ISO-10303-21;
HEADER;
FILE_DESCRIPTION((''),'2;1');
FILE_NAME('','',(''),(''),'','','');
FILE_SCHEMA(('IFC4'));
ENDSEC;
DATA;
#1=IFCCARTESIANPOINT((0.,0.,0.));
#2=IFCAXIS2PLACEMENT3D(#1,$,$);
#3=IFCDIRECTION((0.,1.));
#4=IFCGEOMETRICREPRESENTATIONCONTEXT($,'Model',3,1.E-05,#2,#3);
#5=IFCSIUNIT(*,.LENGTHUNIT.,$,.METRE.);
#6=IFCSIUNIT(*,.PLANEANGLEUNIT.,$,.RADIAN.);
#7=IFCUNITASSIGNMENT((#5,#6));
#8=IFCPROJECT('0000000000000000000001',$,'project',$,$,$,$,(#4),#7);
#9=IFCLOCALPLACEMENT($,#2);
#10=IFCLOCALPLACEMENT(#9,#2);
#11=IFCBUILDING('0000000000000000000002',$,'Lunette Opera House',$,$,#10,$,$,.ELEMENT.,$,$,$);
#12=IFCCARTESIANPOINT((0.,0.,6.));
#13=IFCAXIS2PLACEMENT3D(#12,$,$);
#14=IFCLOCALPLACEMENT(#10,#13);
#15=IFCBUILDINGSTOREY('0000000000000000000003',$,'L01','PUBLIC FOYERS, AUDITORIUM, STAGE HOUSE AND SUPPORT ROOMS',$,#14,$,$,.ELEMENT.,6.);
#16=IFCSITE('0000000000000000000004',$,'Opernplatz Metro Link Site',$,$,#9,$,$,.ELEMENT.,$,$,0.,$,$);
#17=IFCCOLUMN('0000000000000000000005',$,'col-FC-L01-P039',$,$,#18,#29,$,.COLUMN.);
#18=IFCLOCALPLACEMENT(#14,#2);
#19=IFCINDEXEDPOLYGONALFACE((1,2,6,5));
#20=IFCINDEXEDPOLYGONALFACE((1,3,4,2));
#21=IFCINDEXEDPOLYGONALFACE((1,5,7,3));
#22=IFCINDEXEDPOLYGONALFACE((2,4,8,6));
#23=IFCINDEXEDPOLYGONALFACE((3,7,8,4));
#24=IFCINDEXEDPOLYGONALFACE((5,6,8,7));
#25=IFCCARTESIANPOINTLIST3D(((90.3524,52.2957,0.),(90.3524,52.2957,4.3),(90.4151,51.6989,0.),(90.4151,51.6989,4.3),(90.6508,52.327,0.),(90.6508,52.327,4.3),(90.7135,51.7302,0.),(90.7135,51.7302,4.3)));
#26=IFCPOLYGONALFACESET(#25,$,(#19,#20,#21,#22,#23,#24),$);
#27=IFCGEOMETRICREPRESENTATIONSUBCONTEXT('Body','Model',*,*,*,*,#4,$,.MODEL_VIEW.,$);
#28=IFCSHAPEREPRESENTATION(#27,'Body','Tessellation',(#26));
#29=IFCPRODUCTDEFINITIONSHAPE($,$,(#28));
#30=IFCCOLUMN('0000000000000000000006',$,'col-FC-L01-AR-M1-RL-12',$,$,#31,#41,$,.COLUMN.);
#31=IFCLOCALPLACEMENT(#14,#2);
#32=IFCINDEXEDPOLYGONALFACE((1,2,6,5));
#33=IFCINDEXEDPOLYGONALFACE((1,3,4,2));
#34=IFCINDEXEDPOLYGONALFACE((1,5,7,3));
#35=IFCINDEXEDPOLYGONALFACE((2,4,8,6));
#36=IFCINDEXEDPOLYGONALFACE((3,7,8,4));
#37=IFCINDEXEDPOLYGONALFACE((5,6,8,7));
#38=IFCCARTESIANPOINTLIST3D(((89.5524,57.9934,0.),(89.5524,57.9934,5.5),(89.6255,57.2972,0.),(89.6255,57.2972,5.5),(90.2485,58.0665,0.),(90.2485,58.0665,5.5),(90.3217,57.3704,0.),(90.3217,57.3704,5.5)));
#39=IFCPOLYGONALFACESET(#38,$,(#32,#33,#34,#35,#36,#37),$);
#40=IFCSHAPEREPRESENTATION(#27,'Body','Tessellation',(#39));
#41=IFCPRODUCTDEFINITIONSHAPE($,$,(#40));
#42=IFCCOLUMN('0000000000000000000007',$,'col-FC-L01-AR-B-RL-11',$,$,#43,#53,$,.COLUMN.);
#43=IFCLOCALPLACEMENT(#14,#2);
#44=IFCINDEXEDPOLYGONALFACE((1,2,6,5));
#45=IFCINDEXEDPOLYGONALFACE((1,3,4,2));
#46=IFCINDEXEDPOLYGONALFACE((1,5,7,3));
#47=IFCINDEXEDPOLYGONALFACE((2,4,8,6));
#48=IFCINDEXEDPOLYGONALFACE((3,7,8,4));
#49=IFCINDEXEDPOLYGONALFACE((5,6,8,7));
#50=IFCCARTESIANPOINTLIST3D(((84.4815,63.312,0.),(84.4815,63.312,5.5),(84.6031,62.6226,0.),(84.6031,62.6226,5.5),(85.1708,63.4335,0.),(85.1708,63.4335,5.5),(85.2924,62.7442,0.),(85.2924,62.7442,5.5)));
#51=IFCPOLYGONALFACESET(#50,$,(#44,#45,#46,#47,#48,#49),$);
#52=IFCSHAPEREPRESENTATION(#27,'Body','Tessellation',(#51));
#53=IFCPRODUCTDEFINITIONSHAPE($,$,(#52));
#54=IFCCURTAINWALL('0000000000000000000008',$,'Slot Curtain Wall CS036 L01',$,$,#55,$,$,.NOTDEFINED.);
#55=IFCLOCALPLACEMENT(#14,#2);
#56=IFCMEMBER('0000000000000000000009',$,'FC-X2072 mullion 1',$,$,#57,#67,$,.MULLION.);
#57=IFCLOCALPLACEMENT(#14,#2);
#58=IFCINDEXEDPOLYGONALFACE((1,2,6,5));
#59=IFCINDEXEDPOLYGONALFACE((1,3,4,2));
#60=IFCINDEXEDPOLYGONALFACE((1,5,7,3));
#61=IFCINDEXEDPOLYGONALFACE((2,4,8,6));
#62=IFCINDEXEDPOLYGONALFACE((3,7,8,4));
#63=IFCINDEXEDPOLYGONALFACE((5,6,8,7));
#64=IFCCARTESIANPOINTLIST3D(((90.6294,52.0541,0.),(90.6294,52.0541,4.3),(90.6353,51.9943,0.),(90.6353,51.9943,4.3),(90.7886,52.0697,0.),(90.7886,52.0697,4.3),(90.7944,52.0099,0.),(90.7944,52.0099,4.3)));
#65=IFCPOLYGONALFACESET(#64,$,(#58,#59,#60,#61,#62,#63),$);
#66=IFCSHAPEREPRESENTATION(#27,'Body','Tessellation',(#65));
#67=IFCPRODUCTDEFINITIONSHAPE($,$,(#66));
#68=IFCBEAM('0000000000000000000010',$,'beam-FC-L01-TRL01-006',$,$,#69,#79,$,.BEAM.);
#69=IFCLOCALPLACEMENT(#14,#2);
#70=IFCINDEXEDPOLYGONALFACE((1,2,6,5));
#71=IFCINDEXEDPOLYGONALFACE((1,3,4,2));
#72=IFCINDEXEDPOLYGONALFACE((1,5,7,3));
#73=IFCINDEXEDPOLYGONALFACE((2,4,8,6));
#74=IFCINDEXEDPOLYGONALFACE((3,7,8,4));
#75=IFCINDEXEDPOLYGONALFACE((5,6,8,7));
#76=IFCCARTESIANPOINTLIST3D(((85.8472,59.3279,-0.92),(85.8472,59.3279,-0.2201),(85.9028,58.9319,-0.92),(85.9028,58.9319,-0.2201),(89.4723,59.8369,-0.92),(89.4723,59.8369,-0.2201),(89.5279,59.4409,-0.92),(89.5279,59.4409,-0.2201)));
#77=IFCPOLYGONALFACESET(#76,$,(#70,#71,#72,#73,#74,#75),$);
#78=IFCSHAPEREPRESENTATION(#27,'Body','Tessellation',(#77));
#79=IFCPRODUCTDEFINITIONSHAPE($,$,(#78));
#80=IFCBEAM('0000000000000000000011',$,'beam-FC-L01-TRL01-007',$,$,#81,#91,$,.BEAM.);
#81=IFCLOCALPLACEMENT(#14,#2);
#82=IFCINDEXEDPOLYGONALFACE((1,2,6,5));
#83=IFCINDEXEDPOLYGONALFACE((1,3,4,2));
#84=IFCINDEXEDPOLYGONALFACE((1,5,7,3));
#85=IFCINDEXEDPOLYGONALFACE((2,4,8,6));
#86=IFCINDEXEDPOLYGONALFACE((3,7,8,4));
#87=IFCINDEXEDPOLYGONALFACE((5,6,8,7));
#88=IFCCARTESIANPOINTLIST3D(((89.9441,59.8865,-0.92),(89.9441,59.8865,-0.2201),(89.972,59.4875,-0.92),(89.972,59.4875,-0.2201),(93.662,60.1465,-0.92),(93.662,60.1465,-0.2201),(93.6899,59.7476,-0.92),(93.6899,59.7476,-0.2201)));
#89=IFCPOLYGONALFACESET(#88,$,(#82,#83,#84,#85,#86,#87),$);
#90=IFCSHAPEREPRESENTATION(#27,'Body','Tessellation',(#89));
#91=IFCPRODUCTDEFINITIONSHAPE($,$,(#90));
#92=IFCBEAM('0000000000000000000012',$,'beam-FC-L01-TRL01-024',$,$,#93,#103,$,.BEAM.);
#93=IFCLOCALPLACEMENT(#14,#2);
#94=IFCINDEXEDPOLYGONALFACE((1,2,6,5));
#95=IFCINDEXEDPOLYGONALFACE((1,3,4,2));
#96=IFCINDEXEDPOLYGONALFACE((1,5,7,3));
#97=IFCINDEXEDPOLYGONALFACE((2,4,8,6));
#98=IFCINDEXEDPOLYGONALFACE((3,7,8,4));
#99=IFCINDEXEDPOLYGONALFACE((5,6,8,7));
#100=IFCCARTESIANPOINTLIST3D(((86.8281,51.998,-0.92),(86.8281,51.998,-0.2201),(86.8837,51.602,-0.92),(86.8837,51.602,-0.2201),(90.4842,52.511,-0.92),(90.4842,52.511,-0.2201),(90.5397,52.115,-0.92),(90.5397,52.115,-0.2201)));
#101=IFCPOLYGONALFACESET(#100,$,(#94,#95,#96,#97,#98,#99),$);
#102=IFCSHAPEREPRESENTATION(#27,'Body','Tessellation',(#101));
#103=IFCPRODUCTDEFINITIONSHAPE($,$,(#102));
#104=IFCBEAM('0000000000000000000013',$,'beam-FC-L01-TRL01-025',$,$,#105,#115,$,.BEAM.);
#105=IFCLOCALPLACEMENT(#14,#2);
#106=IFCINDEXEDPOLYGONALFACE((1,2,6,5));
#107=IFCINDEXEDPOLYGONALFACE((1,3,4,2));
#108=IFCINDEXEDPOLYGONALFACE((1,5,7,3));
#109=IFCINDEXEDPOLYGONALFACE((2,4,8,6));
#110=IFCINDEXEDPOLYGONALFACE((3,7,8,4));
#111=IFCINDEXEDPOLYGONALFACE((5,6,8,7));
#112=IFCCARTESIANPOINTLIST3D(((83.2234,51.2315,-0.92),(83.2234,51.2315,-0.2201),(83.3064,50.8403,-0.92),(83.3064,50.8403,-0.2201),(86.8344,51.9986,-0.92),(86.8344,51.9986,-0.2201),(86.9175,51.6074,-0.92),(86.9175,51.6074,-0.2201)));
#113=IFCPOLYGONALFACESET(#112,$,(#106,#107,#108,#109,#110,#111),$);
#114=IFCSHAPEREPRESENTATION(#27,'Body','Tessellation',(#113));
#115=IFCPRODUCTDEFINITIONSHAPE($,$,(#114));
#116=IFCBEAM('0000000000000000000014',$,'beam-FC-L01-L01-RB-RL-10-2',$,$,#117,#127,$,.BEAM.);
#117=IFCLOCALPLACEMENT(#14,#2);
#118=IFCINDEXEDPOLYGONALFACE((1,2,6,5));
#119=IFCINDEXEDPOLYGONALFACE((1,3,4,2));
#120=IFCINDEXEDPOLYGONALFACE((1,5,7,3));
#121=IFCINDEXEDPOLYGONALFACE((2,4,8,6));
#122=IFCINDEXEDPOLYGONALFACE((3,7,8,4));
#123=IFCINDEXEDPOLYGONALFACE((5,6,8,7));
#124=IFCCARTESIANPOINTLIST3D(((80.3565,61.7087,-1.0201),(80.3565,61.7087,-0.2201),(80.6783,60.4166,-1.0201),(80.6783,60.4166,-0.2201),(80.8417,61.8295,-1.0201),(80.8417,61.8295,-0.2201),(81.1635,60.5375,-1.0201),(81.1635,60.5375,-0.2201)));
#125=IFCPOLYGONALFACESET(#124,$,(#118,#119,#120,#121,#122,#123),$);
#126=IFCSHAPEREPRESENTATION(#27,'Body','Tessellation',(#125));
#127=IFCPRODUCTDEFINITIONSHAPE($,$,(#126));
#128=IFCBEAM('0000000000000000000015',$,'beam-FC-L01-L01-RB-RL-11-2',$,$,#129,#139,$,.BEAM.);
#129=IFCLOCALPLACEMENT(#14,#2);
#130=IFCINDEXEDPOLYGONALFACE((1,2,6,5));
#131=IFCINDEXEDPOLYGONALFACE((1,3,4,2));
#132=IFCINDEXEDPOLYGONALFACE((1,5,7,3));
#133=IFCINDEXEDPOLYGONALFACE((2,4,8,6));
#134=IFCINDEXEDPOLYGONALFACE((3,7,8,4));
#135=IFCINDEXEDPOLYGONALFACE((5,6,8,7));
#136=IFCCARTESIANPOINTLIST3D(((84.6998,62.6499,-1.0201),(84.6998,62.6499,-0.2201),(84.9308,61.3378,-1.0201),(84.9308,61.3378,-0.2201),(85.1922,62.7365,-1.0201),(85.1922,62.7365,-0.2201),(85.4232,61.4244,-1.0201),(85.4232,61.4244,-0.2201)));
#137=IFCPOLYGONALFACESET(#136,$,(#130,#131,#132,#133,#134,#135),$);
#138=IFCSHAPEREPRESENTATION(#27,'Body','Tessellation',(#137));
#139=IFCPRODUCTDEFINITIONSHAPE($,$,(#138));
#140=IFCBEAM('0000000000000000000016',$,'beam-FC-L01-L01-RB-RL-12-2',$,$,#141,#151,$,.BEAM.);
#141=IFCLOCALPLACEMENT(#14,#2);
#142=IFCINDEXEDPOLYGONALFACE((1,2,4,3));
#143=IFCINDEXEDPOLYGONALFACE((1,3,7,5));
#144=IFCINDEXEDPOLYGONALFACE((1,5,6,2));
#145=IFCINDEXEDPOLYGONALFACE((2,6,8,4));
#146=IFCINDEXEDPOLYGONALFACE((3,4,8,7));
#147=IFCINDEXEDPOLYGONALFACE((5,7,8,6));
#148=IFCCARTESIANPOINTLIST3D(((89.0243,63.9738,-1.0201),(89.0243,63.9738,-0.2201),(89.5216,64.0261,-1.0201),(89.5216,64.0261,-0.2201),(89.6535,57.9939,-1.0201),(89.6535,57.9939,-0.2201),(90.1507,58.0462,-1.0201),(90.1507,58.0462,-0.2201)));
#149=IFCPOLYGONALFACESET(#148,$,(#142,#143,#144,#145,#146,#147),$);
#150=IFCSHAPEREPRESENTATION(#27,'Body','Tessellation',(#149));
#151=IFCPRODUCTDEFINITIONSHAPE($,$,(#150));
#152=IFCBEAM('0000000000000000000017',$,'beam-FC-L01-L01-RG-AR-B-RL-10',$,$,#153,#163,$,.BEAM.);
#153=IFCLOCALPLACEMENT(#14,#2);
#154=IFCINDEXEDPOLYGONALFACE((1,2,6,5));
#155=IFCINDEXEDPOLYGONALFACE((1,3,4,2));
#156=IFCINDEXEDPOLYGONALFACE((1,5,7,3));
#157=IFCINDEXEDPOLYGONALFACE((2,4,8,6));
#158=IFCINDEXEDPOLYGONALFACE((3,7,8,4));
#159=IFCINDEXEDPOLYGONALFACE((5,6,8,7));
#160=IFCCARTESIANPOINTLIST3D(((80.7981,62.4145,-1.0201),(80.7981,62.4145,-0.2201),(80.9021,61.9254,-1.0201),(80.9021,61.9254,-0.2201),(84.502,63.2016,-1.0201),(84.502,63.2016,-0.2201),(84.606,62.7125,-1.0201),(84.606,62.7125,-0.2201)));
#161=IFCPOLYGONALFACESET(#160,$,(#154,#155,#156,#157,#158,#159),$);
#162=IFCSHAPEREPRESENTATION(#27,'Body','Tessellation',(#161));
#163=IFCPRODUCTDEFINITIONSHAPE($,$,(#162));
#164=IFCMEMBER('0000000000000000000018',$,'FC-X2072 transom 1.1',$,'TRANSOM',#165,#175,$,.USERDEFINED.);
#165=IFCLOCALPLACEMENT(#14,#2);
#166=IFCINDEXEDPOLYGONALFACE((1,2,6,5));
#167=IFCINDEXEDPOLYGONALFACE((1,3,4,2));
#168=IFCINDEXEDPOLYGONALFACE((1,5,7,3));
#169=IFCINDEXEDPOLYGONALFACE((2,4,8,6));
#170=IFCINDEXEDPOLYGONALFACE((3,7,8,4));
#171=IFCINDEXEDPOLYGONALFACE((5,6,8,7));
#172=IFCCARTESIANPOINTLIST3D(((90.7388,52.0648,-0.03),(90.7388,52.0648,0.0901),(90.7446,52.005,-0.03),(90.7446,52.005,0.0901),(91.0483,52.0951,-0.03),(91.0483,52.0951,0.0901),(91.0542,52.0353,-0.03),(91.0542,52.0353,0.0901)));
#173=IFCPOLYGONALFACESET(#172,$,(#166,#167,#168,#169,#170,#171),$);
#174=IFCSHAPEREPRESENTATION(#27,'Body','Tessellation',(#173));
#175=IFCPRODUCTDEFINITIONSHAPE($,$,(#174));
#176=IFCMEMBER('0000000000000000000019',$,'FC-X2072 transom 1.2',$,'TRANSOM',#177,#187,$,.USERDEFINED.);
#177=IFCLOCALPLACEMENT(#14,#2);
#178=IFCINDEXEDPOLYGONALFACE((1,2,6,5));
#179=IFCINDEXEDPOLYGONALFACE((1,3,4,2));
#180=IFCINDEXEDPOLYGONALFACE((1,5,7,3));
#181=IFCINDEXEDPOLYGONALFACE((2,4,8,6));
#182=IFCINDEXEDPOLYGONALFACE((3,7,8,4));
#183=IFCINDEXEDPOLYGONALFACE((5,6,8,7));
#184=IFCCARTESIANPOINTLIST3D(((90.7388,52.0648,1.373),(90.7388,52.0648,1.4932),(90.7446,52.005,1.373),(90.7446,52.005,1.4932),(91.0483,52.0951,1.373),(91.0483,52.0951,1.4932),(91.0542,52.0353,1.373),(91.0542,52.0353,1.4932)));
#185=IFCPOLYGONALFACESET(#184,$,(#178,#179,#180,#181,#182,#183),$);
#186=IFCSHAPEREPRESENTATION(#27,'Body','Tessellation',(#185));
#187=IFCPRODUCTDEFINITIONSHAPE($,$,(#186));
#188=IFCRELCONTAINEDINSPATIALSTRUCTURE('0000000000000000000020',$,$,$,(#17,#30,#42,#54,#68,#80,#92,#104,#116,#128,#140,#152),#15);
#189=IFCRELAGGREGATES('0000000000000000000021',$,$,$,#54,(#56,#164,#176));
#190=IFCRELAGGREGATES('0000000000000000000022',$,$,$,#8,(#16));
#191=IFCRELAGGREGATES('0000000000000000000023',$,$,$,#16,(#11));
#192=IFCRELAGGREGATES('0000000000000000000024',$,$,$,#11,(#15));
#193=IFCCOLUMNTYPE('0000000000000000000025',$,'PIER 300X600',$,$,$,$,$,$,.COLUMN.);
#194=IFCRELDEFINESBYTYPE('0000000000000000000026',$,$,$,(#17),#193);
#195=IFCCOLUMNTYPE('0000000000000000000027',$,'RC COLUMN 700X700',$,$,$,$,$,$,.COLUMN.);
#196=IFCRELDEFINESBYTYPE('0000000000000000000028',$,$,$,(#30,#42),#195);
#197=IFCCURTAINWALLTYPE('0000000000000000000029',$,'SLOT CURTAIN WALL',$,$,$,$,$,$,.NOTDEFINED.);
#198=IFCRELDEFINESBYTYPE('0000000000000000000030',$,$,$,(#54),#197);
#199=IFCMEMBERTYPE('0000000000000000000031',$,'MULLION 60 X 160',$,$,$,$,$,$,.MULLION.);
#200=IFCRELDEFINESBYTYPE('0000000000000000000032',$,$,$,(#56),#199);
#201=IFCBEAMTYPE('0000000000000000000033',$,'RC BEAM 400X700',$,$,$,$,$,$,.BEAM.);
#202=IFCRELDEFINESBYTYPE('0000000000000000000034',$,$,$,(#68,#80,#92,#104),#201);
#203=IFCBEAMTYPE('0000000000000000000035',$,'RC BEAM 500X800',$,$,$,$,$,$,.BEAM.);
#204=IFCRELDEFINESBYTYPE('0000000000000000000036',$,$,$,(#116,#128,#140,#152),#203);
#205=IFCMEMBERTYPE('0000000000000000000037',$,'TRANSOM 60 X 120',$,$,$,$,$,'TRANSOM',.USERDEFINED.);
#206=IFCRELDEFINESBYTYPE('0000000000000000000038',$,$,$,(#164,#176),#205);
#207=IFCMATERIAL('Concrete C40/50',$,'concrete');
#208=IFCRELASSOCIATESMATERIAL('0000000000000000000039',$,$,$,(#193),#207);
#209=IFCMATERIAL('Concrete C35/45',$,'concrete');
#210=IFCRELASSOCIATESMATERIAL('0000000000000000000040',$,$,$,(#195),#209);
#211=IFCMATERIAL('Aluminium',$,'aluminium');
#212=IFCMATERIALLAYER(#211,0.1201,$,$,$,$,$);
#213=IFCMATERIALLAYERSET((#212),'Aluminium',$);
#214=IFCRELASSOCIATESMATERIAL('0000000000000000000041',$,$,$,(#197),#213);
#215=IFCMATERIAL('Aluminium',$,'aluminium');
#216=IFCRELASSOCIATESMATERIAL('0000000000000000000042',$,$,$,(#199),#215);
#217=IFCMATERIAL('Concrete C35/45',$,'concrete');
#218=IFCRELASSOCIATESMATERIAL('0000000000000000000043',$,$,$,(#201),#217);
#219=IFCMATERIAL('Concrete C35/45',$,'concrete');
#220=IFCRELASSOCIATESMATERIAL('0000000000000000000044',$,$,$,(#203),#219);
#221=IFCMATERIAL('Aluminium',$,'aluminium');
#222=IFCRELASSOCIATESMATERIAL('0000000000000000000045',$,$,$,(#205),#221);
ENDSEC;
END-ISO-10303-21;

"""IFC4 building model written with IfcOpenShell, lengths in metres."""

from ifc_helpers import new_model, si_unit, direction, frame, origin, origin_2d, place, context, subcontext, project, spatial, rectangle, extrude, material, layer, layer_set, material_profile, profile_set, type_object, element, aggregate, save


model = new_model("IFC4")

# Units and contexts
model_context = context("Model", 3, precision=1e-05, world=origin(), true_north=direction((0.0, 1.0)))
body_context = subcontext(model_context, "Body", "Model", "MODEL_VIEW")
ifc_project = project(units=[si_unit("LENGTHUNIT", "METRE"), si_unit("PLANEANGLEUNIT", "RADIAN")], contexts=[model_context])

# Site, building, storey
site_placement = place(None, origin())
site = spatial("IfcSite", under=ifc_project, at=site_placement, Name="Opernplatz Metro Link Site", CompositionType="ELEMENT", RefElevation=0.0)
building_placement = place(site_placement, origin())
building = spatial("IfcBuilding", under=site, at=building_placement, Name="Lunette Opera House", CompositionType="ELEMENT")
storey_placement = place(building_placement, frame((0.0, 0.0, 6.0)))
storey = spatial("IfcBuildingStorey", under=building, at=storey_placement, Name="L01", Description="PUBLIC FOYERS, AUDITORIUM, STAGE HOUSE AND SUPPORT ROOMS", CompositionType="ELEMENT", Elevation=6.0)

# Columns
ifc_material_1 = material(Name="Concrete C40/50", Category="concrete")
ifc_material_profile_1 = material_profile(ifc_material_1, rectangle(XDim=0.3, YDim=0.6001, at=origin_2d()), Name="PIER 300X600")
ifc_profile_set_1 = profile_set([ifc_material_profile_1], Name="Concrete C40/50")
column_type_1 = type_object("IfcColumnType", Name="PIER 300X600", PredefinedType="COLUMN", material=ifc_profile_set_1)
column_placement = place(storey_placement, frame((90.533, 52.0129, 0.0), z_axis=(0.0, 0.0, 1.0), x_axis=(0.994522, 0.104528, 0.0)))
element("IfcColumn", 1, at=column_placement, inside=storey, type_object=column_type_1, Name="col-FC-L01-P039", PredefinedType="COLUMN", context=body_context, shape_type="SweptSolid", body=[
    extrude(rectangle(XDim=0.3, YDim=0.6001, at=origin_2d()), origin(), (0.0, 0.0, 1.0), 4.3),
])
ifc_material_2 = material(Name="Concrete C35/45", Category="concrete")
ifc_material_profile_2 = material_profile(ifc_material_2, rectangle(XDim=0.7, YDim=0.7, at=origin_2d()), Name="RC COLUMN 700X700")
ifc_profile_set_2 = profile_set([ifc_material_profile_2], Name="Concrete C35/45")
column_type_2 = type_object("IfcColumnType", Name="RC COLUMN 700X700", PredefinedType="COLUMN", material=ifc_profile_set_2)
for number, where, z_axis, x_axis, name in (
    (2, (89.937, 57.6819, 0.0), (0.0, 0.0, 1.0), (0.994522, 0.104528, 0.0), "col-FC-L01-AR-M1-RL-12"),
    (3, (84.887, 63.0281, 0.0), (0.0, 0.0, 1.0), (0.984808, 0.173648, 0.0), "col-FC-L01-AR-B-RL-11"),
):
    element("IfcColumn", number, at=place(storey_placement, frame(where, z_axis=z_axis, x_axis=x_axis)), inside=storey, type_object=column_type_2, Name=name, PredefinedType="COLUMN", context=body_context, shape_type="SweptSolid", body=[
        extrude(rectangle(XDim=0.7, YDim=0.7, at=origin_2d()), origin(), (0.0, 0.0, 1.0), 5.5),
    ])

# Curtain wall, member
ifc_material_3 = material(Name="Aluminium", Category="aluminium")
ifc_layer_1 = layer(ifc_material_3, 0.1201)
ifc_layer_set_1 = layer_set([ifc_layer_1], Name="Aluminium")
curtain_wall_type = type_object("IfcCurtainWallType", Name="SLOT CURTAIN WALL", PredefinedType="NOTDEFINED", material=ifc_layer_set_1)
curtain_wall_placement = place(storey_placement, origin())
curtain_wall = element("IfcCurtainWall", 4, at=curtain_wall_placement, inside=storey, type_object=curtain_wall_type, Name="Slot Curtain Wall CS036 L01", PredefinedType="NOTDEFINED")
ifc_material_4 = material(Name="Aluminium", Category="aluminium")
ifc_material_profile_3 = material_profile(ifc_material_4, rectangle(XDim=0.0601, YDim=0.1599, at=origin_2d()), Name="MULLION 60 X 160")
ifc_profile_set_3 = profile_set([ifc_material_profile_3], Name="Aluminium")
member_type_1 = type_object("IfcMemberType", Name="MULLION 60 X 160", PredefinedType="MULLION", material=ifc_profile_set_3)
member_1_placement = place(storey_placement, frame((90.7119, 52.032, 0.0), z_axis=(0.0, 0.0, 1.0), x_axis=(-0.097436, 0.995242, 0.0)))
member_1 = element("IfcMember", 5, at=member_1_placement, type_object=member_type_1, Name="FC-X2072 mullion 1", PredefinedType="MULLION", context=body_context, shape_type="SweptSolid", body=[
    extrude(rectangle(XDim=0.0601, YDim=0.1599, at=origin_2d()), origin(), (0.0, 0.0, 1.0), 4.3),
])

# Beams
ifc_material_5 = material(Name="Concrete C35/45", Category="concrete")
ifc_material_profile_4 = material_profile(ifc_material_5, rectangle(XDim=0.3999, YDim=0.7, at=origin_2d()), Name="RC BEAM 400X700")
ifc_profile_set_4 = profile_set([ifc_material_profile_4], Name="Concrete C35/45")
beam_type_1 = type_object("IfcBeamType", Name="RC BEAM 400X700", PredefinedType="BEAM", material=ifc_profile_set_4)
beam_1_placement = place(storey_placement, frame((85.875, 59.1299, -0.5701), z_axis=(0.990284, 0.139059, 0.0), x_axis=(-0.139059, 0.990284, 0.0)))
element("IfcBeam", 6, at=beam_1_placement, inside=storey, type_object=beam_type_1, Name="beam-FC-L01-TRL01-006", PredefinedType="BEAM", context=body_context, shape_type="SweptSolid", body=[
    extrude(rectangle(XDim=0.3999, YDim=0.7, at=origin_2d()), origin(), (0.0, 0.0, 1.0), 3.6606),
])
beam_2_placement = place(storey_placement, frame((89.958, 59.687, -0.5701), z_axis=(0.997564, 0.069762, 0.0), x_axis=(-0.069762, 0.997564, 0.0)))
element("IfcBeam", 7, at=beam_2_placement, inside=storey, type_object=beam_type_1, Name="beam-FC-L01-TRL01-007", PredefinedType="BEAM", context=body_context, shape_type="SweptSolid", body=[
    extrude(rectangle(XDim=0.3999, YDim=0.7, at=origin_2d()), origin(), (0.0, 0.0, 1.0), 3.7271),
])
beam_3_placement = place(storey_placement, frame((90.512, 52.313, -0.5701), z_axis=(-0.990301, -0.13894, 0.0), x_axis=(0.13894, -0.990301, 0.0)))
element("IfcBeam", 8, at=beam_3_placement, inside=storey, type_object=beam_type_1, Name="beam-FC-L01-TRL01-024", PredefinedType="BEAM", context=body_context, shape_type="SweptSolid", body=[
    extrude(rectangle(XDim=0.3999, YDim=0.7, at=origin_2d()), origin(), (0.0, 0.0, 1.0), 3.6919),
])
beam_4_placement = place(storey_placement, frame((86.876, 51.803, -0.5701), z_axis=(-0.978173, -0.20779, 0.0), x_axis=(0.20779, -0.978173, 0.0)))
element("IfcBeam", 9, at=beam_4_placement, inside=storey, type_object=beam_type_1, Name="beam-FC-L01-TRL01-025", PredefinedType="BEAM", context=body_context, shape_type="SweptSolid", body=[
    extrude(rectangle(XDim=0.3999, YDim=0.7, at=origin_2d()), origin(), (0.0, 0.0, 1.0), 3.6917),
])
ifc_material_6 = material(Name="Concrete C35/45", Category="concrete")
ifc_material_profile_5 = material_profile(ifc_material_6, rectangle(XDim=0.5, YDim=0.8, at=origin_2d()), Name="RC BEAM 500X800")
ifc_profile_set_5 = profile_set([ifc_material_profile_5], Name="Concrete C35/45")
beam_type_2 = type_object("IfcBeamType", Name="RC BEAM 500X800", PredefinedType="BEAM", material=ifc_profile_set_5)
beam_5_placement = place(storey_placement, frame((80.9209, 60.4771, -0.6201), z_axis=(-0.241673, 0.970358, 0.0), x_axis=(-0.970358, -0.241673, 0.0)))
element("IfcBeam", 10, at=beam_5_placement, inside=storey, type_object=beam_type_2, Name="beam-FC-L01-L01-RB-RL-10-2", PredefinedType="BEAM", context=body_context, shape_type="SweptSolid", body=[
    extrude(rectangle(XDim=0.5, YDim=0.8, at=origin_2d()), origin(), (0.0, 0.0, 1.0), 1.3315),
])
beam_6_placement = place(storey_placement, frame((85.177, 61.3811, -0.6201), z_axis=(-0.173367, 0.984857, 0.0), x_axis=(-0.984857, -0.173367, 0.0)))
element("IfcBeam", 11, at=beam_6_placement, inside=storey, type_object=beam_type_2, Name="beam-FC-L01-L01-RB-RL-11-2", PredefinedType="BEAM", context=body_context, shape_type="SweptSolid", body=[
    extrude(rectangle(XDim=0.5, YDim=0.8, at=origin_2d()), origin(), (0.0, 0.0, 1.0), 1.3323),
])
beam_7_placement = place(storey_placement, frame((89.9021, 58.02, -0.6201), z_axis=(-0.104632, 0.994511, 0.0), x_axis=(-0.994511, -0.104632, 0.0)))
element("IfcBeam", 12, at=beam_7_placement, inside=storey, type_object=beam_type_2, Name="beam-FC-L01-L01-RB-RL-12-2", PredefinedType="BEAM", context=body_context, shape_type="SweptSolid", body=[
    extrude(rectangle(XDim=0.5, YDim=0.8, at=origin_2d()), origin(), (0.0, 0.0, 1.0), 6.0129),
])
beam_8_placement = place(storey_placement, frame((80.8501, 62.1699, -0.6201), z_axis=(0.978157, 0.207869, 0.0), x_axis=(-0.207869, 0.978157, 0.0)))
element("IfcBeam", 13, at=beam_8_placement, inside=storey, type_object=beam_type_2, Name="beam-FC-L01-L01-RG-AR-B-RL-10", PredefinedType="BEAM", context=body_context, shape_type="SweptSolid", body=[
    extrude(rectangle(XDim=0.5, YDim=0.8, at=origin_2d()), origin(), (0.0, 0.0, 1.0), 3.7866),
])

# Members
ifc_material_7 = material(Name="Aluminium", Category="aluminium")
ifc_material_profile_6 = material_profile(ifc_material_7, rectangle(XDim=0.0601, YDim=0.1201, at=origin_2d()), Name="TRANSOM 60 X 120")
ifc_profile_set_6 = profile_set([ifc_material_profile_6], Name="Aluminium")
member_type_2 = type_object("IfcMemberType", Name="TRANSOM 60 X 120", ElementType="TRANSOM", PredefinedType="USERDEFINED", material=ifc_profile_set_6)
member_2_placement = place(storey_placement, frame((90.7417, 52.0349, 0.03), z_axis=(0.995252, 0.097328, 0.0), x_axis=(-0.097328, 0.995252, 0.0)))
member_2 = element("IfcMember", 14, at=member_2_placement, type_object=member_type_2, Name="FC-X2072 transom 1.1", ObjectType="TRANSOM", PredefinedType="USERDEFINED", context=body_context, shape_type="SweptSolid", body=[
    extrude(rectangle(XDim=0.0601, YDim=0.1201, at=origin_2d()), origin(), (0.0, 0.0, 1.0), 0.311),
])
member_3_placement = place(storey_placement, frame((90.7417, 52.0349, 1.4331), z_axis=(0.995252, 0.097328, 0.0), x_axis=(-0.097328, 0.995252, 0.0)))
member_3 = element("IfcMember", 15, at=member_3_placement, type_object=member_type_2, Name="FC-X2072 transom 1.2", ObjectType="TRANSOM", PredefinedType="USERDEFINED", context=body_context, shape_type="SweptSolid", body=[
    extrude(rectangle(XDim=0.0601, YDim=0.1201, at=origin_2d()), origin(), (0.0, 0.0, 1.0), 0.311),
])
aggregate(curtain_wall, [member_1, member_2, member_3])

save(model, "model.ifc")
